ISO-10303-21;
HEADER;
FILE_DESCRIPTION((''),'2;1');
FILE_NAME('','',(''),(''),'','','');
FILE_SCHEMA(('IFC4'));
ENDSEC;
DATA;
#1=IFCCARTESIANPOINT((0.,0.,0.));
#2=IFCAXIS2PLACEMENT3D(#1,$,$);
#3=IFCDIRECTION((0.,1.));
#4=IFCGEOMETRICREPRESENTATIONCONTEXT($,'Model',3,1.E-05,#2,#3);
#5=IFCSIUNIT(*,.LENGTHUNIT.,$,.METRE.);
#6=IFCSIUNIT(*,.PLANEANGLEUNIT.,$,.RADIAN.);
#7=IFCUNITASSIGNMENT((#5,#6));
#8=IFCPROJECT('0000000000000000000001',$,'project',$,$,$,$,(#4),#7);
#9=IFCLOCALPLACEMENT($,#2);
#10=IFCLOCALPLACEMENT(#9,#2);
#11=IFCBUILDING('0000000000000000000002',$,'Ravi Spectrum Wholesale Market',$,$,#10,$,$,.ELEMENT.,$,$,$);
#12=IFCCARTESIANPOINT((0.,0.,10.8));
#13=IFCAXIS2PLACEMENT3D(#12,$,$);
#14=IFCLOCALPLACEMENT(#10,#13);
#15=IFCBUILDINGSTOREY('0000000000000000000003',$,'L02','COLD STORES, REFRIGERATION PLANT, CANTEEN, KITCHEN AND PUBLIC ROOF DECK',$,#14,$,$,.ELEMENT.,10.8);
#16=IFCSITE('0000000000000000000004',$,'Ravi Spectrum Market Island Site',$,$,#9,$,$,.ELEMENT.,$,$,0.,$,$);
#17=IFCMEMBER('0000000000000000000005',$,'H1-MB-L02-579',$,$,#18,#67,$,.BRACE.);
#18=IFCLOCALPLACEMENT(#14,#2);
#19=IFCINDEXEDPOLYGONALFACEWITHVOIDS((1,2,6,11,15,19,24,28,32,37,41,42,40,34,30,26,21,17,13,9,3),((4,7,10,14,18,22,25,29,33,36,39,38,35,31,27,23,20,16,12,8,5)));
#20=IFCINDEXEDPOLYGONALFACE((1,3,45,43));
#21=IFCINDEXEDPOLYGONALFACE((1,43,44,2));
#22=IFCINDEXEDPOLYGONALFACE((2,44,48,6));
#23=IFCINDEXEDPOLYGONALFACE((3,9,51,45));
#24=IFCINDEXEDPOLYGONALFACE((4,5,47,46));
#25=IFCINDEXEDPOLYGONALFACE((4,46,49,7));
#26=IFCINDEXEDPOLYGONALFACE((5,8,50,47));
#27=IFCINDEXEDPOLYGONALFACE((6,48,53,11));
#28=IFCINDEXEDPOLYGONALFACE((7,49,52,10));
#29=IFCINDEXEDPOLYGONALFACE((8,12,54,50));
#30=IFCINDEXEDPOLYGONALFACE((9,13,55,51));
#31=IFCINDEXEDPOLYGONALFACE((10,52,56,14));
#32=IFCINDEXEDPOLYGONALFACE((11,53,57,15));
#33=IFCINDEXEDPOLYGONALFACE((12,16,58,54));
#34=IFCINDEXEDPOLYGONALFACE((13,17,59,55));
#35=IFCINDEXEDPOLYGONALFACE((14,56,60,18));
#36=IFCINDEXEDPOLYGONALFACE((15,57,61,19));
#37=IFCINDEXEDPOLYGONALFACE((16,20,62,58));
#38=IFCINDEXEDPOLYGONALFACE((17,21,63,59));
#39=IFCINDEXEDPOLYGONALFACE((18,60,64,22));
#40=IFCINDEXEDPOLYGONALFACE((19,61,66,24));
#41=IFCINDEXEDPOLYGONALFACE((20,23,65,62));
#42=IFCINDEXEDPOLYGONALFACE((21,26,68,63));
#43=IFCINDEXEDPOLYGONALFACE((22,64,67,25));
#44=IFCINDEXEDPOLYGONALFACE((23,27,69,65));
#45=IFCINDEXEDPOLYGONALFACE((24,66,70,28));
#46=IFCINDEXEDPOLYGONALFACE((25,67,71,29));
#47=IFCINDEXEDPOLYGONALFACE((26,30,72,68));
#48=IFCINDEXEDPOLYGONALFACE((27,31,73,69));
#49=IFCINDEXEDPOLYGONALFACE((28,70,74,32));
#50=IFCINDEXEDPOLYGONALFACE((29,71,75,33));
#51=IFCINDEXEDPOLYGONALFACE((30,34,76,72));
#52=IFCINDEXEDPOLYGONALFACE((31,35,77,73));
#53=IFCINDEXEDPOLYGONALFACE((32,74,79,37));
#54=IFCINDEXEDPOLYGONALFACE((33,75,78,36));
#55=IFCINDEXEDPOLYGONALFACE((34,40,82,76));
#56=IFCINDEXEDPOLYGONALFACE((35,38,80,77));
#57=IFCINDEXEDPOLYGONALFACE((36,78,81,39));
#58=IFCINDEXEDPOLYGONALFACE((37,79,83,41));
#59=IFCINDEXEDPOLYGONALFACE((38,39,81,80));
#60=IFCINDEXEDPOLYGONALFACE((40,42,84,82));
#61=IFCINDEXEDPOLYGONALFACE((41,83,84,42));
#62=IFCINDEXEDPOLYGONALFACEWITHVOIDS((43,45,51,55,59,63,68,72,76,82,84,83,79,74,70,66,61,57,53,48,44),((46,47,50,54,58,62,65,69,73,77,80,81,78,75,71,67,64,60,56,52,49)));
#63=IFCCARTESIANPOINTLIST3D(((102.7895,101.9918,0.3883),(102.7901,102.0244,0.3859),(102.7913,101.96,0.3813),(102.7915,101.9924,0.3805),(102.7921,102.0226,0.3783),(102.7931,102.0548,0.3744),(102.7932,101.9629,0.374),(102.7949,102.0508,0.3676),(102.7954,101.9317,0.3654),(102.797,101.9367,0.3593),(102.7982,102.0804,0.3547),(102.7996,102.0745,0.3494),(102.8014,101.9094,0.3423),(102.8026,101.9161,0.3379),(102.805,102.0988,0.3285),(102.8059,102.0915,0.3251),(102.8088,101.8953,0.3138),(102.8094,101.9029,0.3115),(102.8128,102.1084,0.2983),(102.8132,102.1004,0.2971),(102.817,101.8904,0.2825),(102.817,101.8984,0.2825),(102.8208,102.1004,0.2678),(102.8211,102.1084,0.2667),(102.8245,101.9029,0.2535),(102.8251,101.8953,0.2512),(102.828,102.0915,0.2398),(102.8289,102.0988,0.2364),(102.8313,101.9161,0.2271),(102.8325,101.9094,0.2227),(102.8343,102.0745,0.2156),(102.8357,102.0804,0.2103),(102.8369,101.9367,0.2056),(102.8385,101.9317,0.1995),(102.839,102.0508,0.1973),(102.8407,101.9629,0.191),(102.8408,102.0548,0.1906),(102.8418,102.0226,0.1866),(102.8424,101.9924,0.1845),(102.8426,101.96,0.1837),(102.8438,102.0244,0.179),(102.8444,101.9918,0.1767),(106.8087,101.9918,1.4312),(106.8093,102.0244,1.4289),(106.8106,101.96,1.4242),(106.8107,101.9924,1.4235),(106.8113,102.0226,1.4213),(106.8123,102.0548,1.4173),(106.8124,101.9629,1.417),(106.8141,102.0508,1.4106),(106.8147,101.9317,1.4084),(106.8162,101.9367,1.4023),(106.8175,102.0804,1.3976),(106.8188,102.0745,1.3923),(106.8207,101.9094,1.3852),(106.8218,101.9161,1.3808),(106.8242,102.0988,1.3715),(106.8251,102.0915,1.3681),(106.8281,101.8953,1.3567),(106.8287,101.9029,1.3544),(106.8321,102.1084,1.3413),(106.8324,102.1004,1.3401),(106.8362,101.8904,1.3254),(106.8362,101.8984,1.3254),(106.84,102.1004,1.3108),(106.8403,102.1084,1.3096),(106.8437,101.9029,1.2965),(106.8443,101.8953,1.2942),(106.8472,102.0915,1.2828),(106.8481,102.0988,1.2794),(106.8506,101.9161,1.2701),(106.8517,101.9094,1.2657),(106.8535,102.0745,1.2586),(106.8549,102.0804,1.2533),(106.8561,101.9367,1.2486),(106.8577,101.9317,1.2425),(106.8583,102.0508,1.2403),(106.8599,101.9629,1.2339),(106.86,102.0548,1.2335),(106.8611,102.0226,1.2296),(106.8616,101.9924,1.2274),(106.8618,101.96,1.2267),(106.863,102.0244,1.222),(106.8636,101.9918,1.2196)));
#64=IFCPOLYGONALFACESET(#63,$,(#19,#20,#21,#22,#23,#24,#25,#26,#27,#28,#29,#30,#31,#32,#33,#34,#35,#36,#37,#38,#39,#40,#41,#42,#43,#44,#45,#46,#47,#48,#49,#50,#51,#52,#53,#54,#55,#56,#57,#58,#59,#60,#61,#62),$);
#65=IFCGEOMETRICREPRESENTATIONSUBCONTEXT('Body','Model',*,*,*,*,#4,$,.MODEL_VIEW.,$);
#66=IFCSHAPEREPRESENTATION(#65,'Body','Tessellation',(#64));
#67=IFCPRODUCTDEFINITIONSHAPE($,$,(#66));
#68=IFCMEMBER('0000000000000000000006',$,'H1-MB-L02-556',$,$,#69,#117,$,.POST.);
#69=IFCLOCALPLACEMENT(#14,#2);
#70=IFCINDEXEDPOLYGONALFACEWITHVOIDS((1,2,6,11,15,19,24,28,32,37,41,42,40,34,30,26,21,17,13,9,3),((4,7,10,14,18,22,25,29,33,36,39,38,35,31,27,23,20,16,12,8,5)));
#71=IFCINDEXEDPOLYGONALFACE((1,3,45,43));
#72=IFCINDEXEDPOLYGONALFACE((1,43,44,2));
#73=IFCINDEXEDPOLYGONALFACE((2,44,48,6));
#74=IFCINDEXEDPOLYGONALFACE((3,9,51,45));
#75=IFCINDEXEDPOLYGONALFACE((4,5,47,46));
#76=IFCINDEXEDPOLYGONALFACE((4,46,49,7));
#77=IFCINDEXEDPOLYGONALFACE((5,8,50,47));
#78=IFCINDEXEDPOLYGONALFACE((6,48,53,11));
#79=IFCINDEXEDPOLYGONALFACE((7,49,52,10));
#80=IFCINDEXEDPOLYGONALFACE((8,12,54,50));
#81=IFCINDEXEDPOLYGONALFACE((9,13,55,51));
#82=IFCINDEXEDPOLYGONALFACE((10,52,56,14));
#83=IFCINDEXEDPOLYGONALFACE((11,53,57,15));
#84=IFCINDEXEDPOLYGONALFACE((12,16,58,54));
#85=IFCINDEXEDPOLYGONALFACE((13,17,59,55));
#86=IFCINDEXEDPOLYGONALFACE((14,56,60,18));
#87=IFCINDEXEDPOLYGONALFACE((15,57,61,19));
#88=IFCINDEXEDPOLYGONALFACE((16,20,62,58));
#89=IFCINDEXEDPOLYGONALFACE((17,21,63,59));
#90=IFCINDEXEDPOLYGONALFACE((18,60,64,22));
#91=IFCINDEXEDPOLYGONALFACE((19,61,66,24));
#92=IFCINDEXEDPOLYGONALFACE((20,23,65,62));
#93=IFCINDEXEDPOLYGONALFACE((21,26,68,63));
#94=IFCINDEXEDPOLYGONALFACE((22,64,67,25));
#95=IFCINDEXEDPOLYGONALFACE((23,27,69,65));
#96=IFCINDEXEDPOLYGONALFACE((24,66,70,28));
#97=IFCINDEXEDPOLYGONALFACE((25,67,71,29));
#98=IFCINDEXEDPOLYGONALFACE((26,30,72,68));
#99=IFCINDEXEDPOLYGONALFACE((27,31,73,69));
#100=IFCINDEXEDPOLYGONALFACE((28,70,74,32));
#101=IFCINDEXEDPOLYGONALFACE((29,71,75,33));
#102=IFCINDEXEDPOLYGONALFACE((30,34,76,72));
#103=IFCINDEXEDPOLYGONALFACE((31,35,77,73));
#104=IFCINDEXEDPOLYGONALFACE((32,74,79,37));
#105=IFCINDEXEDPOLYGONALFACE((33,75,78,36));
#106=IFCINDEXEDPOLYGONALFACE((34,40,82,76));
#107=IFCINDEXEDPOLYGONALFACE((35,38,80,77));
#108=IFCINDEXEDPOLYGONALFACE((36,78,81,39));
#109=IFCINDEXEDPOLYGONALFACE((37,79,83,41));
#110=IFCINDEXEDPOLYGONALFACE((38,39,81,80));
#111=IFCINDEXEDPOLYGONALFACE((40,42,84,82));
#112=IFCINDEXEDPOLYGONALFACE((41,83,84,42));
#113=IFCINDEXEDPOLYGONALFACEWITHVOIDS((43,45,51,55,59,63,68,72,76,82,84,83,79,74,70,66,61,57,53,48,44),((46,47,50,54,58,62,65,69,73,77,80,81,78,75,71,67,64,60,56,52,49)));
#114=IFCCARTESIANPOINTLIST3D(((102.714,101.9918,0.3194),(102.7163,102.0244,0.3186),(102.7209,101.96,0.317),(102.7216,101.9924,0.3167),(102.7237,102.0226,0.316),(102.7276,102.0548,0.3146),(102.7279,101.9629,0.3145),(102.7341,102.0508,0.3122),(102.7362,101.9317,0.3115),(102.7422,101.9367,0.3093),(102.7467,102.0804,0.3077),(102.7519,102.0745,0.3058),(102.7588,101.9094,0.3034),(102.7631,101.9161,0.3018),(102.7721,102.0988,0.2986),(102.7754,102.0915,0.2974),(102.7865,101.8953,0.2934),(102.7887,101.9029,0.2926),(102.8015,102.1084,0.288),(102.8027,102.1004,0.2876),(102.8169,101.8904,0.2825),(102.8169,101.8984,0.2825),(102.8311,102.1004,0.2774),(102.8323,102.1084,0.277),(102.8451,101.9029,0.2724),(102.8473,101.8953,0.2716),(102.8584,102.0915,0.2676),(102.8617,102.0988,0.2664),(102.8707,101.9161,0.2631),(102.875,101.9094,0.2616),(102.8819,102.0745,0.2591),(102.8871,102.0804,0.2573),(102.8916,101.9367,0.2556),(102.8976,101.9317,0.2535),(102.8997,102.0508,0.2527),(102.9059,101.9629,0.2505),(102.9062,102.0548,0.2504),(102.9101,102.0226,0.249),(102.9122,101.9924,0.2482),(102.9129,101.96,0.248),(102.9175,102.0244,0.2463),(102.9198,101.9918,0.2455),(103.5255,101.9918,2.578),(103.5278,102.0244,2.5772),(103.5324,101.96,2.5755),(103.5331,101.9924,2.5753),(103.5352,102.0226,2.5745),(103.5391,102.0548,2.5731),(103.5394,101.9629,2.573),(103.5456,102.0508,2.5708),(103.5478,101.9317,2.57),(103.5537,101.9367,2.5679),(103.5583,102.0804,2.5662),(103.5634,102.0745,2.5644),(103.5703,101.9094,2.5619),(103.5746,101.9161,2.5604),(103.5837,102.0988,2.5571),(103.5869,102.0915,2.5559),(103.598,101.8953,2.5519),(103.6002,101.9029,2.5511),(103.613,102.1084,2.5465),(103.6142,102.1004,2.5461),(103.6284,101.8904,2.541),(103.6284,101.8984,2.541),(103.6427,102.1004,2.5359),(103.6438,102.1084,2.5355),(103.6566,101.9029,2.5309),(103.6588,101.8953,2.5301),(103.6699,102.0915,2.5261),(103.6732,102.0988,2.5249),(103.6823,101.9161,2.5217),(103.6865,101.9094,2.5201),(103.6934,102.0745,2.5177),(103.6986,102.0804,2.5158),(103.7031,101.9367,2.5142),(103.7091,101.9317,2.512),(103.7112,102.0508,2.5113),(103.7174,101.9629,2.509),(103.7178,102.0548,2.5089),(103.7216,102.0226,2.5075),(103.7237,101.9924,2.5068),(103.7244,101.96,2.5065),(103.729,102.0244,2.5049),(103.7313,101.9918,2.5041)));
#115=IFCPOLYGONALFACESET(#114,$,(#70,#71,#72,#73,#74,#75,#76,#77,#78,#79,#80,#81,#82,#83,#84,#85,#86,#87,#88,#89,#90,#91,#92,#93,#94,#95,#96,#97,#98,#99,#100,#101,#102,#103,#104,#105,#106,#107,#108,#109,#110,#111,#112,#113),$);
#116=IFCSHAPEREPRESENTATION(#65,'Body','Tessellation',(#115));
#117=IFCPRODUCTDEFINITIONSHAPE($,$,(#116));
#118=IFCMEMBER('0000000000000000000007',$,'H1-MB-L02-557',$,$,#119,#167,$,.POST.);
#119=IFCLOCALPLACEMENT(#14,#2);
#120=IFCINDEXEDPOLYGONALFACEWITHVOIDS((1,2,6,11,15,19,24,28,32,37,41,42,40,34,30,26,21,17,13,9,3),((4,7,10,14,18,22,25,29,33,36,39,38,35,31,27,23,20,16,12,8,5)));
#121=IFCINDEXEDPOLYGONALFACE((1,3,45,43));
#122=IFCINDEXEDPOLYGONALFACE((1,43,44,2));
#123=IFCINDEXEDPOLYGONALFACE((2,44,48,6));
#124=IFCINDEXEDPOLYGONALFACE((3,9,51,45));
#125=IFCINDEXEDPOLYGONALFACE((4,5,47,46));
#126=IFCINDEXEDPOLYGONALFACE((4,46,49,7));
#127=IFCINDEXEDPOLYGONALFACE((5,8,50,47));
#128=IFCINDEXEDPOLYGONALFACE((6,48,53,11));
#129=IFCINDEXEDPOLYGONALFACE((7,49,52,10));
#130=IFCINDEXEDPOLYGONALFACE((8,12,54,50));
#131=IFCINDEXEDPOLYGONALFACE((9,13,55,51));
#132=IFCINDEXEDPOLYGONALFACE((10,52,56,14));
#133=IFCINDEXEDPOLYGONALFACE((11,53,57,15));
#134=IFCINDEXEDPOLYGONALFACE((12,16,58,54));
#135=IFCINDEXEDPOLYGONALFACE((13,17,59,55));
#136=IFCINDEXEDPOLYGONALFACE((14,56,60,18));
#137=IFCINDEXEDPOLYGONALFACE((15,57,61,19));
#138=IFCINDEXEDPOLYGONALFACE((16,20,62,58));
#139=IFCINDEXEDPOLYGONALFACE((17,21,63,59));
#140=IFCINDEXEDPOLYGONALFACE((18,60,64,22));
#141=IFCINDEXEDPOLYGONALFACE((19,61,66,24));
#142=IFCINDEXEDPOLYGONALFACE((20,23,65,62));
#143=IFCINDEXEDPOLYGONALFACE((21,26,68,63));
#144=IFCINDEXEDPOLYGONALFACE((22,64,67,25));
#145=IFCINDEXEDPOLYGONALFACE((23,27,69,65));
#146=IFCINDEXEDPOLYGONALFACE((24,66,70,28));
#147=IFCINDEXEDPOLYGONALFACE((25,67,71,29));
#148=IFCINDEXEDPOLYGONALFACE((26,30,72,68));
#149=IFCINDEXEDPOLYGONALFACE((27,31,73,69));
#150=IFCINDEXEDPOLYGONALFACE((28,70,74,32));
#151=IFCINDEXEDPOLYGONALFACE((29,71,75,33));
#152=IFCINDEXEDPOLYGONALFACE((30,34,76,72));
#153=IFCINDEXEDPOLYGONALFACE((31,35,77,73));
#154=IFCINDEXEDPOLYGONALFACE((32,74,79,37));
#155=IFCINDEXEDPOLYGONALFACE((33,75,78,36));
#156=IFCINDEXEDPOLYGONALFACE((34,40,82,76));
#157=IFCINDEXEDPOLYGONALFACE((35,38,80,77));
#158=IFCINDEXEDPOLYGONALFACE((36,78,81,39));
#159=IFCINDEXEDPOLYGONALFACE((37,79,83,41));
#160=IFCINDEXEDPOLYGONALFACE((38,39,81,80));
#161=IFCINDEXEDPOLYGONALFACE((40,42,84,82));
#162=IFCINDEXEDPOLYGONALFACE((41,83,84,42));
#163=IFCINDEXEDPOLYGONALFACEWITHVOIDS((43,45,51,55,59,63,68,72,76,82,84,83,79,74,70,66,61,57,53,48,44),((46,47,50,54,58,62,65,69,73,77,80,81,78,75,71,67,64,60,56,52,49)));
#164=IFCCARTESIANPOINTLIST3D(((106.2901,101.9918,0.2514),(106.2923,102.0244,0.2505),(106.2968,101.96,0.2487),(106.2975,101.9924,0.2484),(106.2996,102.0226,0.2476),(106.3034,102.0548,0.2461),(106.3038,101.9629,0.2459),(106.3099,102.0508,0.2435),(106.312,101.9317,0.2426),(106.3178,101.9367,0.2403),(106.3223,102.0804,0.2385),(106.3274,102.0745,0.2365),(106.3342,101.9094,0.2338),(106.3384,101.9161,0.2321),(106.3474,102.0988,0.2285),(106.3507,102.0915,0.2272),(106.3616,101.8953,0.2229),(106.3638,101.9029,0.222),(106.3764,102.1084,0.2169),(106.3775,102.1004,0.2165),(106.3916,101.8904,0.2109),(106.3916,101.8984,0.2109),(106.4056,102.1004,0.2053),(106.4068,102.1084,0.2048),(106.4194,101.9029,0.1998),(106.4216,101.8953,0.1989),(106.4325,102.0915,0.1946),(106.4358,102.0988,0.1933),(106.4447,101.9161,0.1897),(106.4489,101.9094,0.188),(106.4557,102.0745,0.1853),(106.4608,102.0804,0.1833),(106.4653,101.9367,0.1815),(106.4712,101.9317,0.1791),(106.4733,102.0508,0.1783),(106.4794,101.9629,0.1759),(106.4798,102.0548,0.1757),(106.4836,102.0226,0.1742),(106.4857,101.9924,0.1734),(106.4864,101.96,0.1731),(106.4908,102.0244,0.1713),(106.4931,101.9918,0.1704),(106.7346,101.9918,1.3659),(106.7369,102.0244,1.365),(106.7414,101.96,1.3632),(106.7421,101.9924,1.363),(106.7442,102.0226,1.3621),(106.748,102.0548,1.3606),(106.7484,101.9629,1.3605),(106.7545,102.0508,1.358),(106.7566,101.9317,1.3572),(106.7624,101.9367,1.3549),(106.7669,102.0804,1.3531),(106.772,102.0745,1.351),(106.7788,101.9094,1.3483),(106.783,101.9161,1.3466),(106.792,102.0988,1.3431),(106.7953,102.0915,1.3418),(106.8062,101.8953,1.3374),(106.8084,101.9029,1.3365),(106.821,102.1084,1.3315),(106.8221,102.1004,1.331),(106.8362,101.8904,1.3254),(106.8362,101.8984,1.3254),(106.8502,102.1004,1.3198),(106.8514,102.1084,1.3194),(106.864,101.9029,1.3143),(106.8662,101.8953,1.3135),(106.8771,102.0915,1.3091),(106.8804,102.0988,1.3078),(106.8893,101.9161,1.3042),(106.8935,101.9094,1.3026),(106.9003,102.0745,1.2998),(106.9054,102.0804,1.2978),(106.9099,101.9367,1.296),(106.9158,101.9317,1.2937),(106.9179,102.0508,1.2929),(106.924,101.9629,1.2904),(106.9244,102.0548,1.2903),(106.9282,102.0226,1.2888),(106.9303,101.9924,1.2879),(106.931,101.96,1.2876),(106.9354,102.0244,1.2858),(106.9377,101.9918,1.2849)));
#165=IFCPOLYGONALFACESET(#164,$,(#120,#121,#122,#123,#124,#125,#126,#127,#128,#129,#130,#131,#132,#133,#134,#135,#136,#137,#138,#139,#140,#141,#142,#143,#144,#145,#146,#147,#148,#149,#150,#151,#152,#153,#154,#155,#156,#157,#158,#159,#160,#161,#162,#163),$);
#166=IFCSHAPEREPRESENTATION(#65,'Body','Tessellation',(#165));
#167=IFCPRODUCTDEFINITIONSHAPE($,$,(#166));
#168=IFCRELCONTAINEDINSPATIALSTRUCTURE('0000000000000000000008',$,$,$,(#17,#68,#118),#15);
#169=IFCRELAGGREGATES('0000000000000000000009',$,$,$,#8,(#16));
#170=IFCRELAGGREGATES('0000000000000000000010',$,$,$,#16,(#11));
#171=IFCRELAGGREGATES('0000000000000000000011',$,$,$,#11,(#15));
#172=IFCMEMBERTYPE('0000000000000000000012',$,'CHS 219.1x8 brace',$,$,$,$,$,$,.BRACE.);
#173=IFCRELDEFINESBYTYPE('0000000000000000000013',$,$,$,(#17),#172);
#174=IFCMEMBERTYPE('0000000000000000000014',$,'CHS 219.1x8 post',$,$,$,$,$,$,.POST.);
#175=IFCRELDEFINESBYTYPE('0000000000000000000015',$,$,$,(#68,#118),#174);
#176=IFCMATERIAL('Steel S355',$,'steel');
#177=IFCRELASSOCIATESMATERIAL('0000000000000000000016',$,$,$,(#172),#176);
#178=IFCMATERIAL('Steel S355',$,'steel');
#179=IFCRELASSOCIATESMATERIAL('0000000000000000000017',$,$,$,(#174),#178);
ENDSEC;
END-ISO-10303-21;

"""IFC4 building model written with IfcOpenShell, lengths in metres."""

from ifc_helpers import new_model, si_unit, direction, frame, origin, origin_2d, place, context, subcontext, project, spatial, hollow_circle, extrude, material, material_profile, profile_set, type_object, element, save


model = new_model("IFC4")

# Units and contexts
model_context = context("Model", 3, precision=1e-05, world=origin(), true_north=direction((0.0, 1.0)))
body_context = subcontext(model_context, "Body", "Model", "MODEL_VIEW")
ifc_project = project(units=[si_unit("LENGTHUNIT", "METRE"), si_unit("PLANEANGLEUNIT", "RADIAN")], contexts=[model_context])

# Site, building, storey
site_placement = place(None, origin())
site = spatial("IfcSite", under=ifc_project, at=site_placement, Name="Ravi Spectrum Market Island Site", CompositionType="ELEMENT", RefElevation=0.0)
building_placement = place(site_placement, origin())
building = spatial("IfcBuilding", under=site, at=building_placement, Name="Ravi Spectrum Wholesale Market", CompositionType="ELEMENT")
storey_placement = place(building_placement, frame((0.0, 0.0, 10.8)))
storey = spatial("IfcBuildingStorey", under=building, at=storey_placement, Name="L02", Description="COLD STORES, REFRIGERATION PLANT, CANTEEN, KITCHEN AND PUBLIC ROOF DECK", CompositionType="ELEMENT", Elevation=10.8)

# Members
ifc_material_1 = material(Name="Steel S355", Category="steel")
ifc_material_profile_1 = material_profile(ifc_material_1, hollow_circle(Radius=0.1096, WallThickness=0.0081, at=origin_2d()))
ifc_profile_set_1 = profile_set([ifc_material_profile_1], Name="Steel S355")
member_type_1 = type_object("IfcMemberType", Name="CHS 219.1x8 brace", PredefinedType="BRACE", material=ifc_profile_set_1)
member_1_placement = place(storey_placement, frame((106.8362, 102.0, 1.3254), z_axis=(-0.967942, 0.0, -0.251172), x_axis=(0.0, -1.0, 0.0)))
element("IfcMember", 1, at=member_1_placement, inside=storey, type_object=member_type_1, Name="H1-MB-L02-579", PredefinedType="BRACE", context=body_context, shape_type="SweptSolid", body=[
    extrude(hollow_circle(Radius=0.1096, WallThickness=0.0081, at=origin_2d()), origin(), (0.0, 0.0, 1.0), 4.1523),
])
ifc_material_2 = material(Name="Steel S355", Category="steel")
ifc_material_profile_2 = material_profile(ifc_material_2, hollow_circle(Radius=0.1096, WallThickness=0.0081, at=origin_2d()))
ifc_profile_set_2 = profile_set([ifc_material_profile_2], Name="Steel S355")
member_type_2 = type_object("IfcMemberType", Name="CHS 219.1x8 post", PredefinedType="POST", material=ifc_profile_set_2)
member_2_placement = place(storey_placement, frame((103.6284, 102.0, 2.541), z_axis=(-0.338147, 0.0, -0.941093), x_axis=(0.0, -1.0, 0.0)))
element("IfcMember", 2, at=member_2_placement, inside=storey, type_object=member_type_2, Name="H1-MB-L02-556", PredefinedType="POST", context=body_context, shape_type="SweptSolid", body=[
    extrude(hollow_circle(Radius=0.1096, WallThickness=0.0081, at=origin_2d()), origin(), (0.0, 0.0, 1.0), 2.3999),
])
member_3_placement = place(storey_placement, frame((106.8362, 102.0, 1.3254), z_axis=(-0.370513, 0.0, -0.928827), x_axis=(0.0, -1.0, 0.0)))
element("IfcMember", 3, at=member_3_placement, inside=storey, type_object=member_type_2, Name="H1-MB-L02-557", PredefinedType="POST", context=body_context, shape_type="SweptSolid", body=[
    extrude(hollow_circle(Radius=0.1096, WallThickness=0.0081, at=origin_2d()), origin(), (0.0, 0.0, 1.0), 1.2),
])

save(model, "model.ifc")
